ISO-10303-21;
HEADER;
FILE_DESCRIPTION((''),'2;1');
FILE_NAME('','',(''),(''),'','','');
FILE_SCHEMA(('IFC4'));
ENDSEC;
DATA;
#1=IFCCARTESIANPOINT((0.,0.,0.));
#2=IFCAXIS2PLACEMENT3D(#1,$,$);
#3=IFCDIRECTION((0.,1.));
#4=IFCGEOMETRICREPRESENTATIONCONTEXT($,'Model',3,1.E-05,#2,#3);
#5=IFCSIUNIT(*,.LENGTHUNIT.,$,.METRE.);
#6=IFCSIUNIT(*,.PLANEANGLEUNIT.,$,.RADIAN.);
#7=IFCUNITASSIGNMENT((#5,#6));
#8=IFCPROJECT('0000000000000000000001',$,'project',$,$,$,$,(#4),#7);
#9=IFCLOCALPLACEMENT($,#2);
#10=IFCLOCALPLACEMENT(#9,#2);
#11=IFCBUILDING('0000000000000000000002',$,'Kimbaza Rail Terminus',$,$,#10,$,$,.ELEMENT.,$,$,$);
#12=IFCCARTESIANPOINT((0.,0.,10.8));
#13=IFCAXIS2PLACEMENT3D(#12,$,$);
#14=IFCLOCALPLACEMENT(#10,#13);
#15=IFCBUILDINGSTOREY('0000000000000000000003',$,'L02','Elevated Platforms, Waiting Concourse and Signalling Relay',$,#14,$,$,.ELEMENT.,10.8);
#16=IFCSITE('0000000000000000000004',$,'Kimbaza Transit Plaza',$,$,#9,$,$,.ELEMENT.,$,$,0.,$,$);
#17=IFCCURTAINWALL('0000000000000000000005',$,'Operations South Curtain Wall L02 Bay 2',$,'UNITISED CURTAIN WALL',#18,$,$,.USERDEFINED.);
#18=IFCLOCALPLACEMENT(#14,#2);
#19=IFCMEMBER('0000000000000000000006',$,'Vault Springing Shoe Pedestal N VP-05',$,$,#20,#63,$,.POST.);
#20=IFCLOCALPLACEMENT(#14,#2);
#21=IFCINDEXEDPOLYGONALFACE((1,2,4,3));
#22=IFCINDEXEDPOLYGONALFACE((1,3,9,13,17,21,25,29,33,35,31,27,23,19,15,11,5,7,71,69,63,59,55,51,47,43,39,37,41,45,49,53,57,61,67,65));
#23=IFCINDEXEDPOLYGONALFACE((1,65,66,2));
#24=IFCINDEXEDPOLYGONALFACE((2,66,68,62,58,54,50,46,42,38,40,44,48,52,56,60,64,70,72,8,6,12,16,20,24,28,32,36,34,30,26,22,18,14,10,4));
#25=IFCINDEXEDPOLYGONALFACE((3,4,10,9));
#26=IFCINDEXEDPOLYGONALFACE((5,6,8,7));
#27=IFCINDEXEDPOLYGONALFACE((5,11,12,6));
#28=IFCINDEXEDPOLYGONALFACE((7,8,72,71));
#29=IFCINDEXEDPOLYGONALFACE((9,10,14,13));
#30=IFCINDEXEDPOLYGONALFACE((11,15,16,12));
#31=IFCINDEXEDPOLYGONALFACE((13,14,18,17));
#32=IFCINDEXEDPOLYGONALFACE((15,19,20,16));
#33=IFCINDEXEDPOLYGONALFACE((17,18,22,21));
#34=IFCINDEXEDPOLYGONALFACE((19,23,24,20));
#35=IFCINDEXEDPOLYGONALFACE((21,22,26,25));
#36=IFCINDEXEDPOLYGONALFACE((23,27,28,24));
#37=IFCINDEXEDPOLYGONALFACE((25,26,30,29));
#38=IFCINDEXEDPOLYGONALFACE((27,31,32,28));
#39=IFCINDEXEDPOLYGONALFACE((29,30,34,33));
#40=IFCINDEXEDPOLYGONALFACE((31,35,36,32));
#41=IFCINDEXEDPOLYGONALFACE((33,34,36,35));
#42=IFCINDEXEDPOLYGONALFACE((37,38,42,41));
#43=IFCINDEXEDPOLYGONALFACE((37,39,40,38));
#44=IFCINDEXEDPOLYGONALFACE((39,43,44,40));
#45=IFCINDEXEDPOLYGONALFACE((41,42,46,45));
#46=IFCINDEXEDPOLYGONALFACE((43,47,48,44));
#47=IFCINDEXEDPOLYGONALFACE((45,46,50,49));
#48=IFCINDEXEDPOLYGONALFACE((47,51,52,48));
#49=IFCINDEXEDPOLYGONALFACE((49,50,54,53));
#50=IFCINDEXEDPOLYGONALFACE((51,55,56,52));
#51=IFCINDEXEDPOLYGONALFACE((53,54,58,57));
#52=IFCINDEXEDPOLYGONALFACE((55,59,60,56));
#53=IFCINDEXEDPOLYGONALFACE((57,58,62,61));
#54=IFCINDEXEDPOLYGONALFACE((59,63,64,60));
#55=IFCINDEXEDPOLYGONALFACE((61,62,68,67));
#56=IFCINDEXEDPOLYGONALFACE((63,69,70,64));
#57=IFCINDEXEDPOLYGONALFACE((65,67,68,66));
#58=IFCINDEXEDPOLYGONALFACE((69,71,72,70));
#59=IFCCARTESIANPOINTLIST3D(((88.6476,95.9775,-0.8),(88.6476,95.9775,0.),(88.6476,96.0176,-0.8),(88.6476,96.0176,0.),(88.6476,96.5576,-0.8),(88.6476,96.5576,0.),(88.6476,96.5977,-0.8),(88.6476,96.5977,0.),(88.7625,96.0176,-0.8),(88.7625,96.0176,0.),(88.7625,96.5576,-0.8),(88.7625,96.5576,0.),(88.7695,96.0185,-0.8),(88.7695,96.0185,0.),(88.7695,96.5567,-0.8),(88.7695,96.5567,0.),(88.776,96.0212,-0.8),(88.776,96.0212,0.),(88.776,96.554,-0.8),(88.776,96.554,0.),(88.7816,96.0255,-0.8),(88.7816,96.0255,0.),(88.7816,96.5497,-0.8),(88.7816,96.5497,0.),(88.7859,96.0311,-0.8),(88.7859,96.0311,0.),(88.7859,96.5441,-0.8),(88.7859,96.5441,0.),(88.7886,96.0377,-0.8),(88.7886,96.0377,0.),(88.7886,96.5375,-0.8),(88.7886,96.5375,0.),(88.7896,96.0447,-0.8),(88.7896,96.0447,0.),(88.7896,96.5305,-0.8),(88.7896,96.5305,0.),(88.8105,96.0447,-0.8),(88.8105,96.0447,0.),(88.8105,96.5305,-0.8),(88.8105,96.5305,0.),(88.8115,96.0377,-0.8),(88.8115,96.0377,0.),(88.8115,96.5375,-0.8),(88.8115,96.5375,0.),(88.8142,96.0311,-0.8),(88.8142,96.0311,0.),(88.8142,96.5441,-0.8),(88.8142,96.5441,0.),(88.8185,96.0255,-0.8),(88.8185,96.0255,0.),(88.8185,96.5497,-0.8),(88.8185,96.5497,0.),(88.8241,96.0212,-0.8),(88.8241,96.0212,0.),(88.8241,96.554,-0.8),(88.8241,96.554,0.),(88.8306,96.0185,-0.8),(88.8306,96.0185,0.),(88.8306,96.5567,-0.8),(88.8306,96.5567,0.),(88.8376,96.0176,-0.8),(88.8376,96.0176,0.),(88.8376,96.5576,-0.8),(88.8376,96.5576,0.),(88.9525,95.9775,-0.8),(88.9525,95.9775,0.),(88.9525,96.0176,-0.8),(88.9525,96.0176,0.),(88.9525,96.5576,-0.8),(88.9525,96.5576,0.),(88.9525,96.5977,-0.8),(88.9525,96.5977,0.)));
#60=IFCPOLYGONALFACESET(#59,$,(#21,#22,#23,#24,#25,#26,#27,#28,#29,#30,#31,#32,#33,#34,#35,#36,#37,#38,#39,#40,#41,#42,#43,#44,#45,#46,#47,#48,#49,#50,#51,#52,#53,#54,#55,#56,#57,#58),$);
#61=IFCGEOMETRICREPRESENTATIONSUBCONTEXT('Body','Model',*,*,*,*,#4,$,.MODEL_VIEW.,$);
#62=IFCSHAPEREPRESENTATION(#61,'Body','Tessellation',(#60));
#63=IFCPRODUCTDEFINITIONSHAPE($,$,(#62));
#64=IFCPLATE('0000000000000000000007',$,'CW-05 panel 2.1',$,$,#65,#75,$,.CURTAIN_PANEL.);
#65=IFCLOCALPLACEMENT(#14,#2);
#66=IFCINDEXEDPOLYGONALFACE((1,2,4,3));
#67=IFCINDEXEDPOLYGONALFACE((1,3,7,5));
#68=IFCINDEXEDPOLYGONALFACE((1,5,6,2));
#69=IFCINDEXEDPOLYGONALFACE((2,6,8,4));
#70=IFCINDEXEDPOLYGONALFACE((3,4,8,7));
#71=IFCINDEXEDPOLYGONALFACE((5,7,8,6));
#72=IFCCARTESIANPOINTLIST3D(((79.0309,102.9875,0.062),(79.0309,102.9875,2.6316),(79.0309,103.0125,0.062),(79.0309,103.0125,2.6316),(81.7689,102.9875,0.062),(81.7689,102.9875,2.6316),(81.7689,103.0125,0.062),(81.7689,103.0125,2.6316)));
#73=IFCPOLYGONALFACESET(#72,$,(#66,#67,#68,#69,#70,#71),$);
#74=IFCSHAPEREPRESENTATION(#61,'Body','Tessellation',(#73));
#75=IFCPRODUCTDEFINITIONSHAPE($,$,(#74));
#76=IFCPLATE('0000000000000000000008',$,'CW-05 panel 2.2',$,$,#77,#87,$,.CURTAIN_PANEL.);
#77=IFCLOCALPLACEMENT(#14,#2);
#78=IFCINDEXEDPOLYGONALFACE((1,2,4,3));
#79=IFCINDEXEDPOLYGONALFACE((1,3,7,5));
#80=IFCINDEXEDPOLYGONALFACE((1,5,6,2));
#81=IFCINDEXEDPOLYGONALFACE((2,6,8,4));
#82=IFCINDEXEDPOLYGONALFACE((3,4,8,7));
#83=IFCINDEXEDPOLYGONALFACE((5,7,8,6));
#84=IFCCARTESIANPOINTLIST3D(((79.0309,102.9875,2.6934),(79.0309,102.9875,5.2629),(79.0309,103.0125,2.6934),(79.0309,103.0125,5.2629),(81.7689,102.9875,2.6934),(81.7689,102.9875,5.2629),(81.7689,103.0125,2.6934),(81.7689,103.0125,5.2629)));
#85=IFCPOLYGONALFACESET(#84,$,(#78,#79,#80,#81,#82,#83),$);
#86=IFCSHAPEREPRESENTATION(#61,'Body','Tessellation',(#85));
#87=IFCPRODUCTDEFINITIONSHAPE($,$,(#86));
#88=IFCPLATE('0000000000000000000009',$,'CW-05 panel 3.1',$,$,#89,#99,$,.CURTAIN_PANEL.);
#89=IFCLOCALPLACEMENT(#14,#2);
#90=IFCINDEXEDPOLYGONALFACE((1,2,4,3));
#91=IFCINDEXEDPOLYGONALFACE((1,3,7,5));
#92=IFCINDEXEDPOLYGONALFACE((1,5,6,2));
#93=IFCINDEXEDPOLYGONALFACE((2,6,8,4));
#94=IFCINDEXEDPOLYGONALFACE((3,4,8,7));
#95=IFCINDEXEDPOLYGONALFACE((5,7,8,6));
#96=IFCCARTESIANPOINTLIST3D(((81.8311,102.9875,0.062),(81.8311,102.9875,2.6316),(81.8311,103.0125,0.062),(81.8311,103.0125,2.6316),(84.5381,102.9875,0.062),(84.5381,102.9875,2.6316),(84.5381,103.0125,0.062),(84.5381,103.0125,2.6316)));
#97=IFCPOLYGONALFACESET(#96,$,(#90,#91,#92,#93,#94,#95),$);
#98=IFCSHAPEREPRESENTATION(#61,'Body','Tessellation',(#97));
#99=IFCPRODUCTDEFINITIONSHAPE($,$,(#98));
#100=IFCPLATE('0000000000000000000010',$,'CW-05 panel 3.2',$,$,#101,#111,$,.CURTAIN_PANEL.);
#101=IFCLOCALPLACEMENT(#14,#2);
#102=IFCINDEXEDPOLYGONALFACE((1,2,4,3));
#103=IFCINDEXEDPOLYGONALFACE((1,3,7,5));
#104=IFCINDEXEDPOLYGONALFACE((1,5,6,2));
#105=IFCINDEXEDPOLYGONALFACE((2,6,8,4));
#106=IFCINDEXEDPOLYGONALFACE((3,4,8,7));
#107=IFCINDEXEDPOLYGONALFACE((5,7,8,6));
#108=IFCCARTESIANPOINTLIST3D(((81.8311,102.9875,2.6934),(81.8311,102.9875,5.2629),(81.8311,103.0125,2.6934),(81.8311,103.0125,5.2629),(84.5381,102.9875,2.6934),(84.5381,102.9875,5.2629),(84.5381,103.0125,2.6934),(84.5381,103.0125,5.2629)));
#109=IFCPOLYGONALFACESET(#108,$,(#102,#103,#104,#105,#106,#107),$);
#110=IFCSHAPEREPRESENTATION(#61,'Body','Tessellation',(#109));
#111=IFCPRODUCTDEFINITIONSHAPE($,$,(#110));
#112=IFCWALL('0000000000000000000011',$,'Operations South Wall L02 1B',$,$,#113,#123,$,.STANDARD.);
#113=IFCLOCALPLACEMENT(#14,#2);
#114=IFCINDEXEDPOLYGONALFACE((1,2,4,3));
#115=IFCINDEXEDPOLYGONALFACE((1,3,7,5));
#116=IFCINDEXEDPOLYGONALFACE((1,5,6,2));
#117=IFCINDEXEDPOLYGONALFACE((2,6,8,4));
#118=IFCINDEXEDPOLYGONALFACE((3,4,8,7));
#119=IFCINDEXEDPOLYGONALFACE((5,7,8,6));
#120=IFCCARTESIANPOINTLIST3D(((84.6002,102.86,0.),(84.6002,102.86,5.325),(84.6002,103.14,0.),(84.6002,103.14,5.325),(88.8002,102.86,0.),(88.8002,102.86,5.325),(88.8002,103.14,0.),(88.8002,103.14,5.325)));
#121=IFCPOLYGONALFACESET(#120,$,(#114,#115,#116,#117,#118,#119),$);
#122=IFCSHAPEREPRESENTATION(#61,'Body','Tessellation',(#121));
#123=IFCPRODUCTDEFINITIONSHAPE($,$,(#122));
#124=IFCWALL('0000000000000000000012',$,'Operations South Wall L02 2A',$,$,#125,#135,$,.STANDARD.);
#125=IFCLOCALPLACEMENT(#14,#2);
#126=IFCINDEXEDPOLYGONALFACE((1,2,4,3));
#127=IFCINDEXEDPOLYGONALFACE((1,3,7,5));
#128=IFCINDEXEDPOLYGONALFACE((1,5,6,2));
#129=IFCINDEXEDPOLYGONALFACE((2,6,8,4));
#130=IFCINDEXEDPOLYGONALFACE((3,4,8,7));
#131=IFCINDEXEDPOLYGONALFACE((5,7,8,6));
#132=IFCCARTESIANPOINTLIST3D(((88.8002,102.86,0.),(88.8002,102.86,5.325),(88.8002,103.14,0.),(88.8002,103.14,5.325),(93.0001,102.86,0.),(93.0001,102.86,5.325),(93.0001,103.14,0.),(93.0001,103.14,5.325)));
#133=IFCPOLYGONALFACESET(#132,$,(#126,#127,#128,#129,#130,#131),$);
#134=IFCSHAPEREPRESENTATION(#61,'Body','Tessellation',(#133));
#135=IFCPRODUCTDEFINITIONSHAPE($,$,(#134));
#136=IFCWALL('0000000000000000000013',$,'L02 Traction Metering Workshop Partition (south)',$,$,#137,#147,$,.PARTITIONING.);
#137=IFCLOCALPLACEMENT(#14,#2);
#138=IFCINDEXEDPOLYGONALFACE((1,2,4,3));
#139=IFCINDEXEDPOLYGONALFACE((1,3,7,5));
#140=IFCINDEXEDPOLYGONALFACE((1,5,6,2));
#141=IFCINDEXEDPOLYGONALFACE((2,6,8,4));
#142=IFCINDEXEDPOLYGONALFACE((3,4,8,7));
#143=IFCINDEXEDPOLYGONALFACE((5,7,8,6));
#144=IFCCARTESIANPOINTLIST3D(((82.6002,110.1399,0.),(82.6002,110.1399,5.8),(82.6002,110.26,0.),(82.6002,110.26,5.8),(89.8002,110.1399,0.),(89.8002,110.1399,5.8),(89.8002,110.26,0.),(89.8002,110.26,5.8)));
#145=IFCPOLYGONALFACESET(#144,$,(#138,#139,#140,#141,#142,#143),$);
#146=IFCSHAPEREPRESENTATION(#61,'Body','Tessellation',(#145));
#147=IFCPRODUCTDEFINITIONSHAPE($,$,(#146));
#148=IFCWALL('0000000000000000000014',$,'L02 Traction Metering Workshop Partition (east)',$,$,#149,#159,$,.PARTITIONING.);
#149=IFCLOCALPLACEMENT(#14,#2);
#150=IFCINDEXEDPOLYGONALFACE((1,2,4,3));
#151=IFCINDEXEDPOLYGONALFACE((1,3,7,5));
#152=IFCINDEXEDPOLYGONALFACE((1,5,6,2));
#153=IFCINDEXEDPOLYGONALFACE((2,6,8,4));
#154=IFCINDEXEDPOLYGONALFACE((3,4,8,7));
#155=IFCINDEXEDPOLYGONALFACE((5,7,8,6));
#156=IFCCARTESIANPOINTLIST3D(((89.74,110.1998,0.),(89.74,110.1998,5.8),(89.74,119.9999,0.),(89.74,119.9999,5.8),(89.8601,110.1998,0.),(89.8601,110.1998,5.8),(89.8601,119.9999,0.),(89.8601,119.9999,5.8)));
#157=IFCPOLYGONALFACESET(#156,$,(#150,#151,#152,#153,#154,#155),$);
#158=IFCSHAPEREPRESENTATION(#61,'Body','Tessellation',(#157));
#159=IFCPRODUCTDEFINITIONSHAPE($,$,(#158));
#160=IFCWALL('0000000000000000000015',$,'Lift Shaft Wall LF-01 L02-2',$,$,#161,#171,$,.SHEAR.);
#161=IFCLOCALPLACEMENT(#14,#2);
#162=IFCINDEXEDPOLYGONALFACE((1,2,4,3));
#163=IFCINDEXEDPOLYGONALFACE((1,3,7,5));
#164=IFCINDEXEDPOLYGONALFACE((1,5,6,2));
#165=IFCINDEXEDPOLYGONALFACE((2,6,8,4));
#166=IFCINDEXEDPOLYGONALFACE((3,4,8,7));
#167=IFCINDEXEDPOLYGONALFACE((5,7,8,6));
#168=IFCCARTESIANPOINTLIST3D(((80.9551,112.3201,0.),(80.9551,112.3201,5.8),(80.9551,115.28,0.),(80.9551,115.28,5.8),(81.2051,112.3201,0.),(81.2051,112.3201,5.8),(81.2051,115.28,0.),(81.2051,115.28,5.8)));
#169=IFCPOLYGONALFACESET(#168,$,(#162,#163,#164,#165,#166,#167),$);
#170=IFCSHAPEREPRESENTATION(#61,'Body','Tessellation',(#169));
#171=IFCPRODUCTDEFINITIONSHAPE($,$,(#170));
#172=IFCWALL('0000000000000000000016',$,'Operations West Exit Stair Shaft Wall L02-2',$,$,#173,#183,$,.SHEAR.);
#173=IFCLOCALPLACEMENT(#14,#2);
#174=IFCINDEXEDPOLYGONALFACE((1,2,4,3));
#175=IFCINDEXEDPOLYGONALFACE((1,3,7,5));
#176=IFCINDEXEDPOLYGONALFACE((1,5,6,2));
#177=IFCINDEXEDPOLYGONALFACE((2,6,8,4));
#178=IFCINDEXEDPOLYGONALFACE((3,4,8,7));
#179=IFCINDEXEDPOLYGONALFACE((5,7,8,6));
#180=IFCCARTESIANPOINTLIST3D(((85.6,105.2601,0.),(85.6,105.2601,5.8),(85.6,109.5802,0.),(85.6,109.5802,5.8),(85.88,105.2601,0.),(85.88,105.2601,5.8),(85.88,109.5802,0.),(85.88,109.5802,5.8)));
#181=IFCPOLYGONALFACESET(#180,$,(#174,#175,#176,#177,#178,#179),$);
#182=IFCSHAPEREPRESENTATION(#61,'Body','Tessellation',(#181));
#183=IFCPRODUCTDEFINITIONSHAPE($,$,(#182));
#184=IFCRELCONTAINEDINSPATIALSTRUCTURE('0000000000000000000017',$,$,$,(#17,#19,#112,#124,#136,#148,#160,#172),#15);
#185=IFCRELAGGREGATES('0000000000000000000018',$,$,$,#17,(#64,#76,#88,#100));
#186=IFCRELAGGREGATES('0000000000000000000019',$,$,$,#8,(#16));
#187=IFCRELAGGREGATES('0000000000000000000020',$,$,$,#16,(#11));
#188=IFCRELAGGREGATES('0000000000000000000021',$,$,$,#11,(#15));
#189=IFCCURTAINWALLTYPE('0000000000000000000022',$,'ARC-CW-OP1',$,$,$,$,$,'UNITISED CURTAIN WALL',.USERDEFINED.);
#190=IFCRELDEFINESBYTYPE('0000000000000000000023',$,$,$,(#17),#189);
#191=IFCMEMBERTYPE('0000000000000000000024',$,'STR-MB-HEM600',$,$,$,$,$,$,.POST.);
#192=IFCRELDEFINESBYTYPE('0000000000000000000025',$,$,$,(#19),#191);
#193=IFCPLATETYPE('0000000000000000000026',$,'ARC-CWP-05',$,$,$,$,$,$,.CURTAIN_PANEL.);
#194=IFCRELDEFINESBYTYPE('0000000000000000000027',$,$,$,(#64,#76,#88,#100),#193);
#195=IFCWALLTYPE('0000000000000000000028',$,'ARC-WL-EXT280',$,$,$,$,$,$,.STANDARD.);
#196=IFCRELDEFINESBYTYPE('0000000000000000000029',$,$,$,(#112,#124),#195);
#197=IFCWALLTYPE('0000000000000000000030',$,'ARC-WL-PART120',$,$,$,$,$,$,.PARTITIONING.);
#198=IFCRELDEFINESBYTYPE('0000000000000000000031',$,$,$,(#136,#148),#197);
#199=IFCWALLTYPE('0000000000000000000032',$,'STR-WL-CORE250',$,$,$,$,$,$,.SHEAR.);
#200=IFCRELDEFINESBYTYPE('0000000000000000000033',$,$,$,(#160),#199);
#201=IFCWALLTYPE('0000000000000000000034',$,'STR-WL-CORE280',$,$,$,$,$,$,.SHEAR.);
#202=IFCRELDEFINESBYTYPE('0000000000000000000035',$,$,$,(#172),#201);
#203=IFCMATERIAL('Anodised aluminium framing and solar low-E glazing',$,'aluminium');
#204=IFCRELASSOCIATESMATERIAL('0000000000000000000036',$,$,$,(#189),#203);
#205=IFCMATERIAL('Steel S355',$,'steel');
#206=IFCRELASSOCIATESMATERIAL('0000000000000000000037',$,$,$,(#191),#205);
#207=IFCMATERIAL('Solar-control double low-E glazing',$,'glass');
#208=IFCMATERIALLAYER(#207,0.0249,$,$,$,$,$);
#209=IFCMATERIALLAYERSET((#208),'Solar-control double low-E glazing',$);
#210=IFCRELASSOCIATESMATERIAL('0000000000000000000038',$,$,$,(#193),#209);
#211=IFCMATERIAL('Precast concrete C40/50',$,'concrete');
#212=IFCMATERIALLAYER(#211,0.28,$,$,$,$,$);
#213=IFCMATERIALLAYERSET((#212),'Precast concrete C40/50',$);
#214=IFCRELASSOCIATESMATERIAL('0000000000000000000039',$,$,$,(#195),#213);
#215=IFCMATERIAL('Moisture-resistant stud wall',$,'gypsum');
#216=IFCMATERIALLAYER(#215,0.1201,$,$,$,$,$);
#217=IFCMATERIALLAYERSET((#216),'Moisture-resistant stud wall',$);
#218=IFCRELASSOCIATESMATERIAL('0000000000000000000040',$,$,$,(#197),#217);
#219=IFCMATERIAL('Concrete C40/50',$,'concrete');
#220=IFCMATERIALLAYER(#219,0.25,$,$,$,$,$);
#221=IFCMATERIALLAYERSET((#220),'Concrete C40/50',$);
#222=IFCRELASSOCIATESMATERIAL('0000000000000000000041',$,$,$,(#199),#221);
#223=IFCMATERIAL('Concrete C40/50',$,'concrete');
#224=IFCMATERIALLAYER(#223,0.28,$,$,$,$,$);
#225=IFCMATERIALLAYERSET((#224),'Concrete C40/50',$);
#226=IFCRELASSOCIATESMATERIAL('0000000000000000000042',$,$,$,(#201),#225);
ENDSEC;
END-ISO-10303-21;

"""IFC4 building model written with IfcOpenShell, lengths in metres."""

from ifc_helpers import new_model, si_unit, direction, frame, frame_2d, origin, origin_2d, place, context, subcontext, project, spatial, rectangle, i_section, extrude, material, layer, layer_set, material_profile, profile_set, type_object, element, aggregate, save


model = new_model("IFC4")

# Units and contexts
model_context = context("Model", 3, precision=1e-05, world=origin(), true_north=direction((0.0, 1.0)))
body_context = subcontext(model_context, "Body", "Model", "MODEL_VIEW")
ifc_project = project(units=[si_unit("LENGTHUNIT", "METRE"), si_unit("PLANEANGLEUNIT", "RADIAN")], contexts=[model_context])

# Site, building, storey
site_placement = place(None, origin())
site = spatial("IfcSite", under=ifc_project, at=site_placement, Name="Kimbaza Transit Plaza", CompositionType="ELEMENT", RefElevation=0.0)
building_placement = place(site_placement, origin())
building = spatial("IfcBuilding", under=site, at=building_placement, Name="Kimbaza Rail Terminus", CompositionType="ELEMENT")
storey_placement = place(building_placement, frame((0.0, 0.0, 10.8)))
storey = spatial("IfcBuildingStorey", under=building, at=storey_placement, Name="L02", Description="Elevated Platforms, Waiting Concourse and Signalling Relay", CompositionType="ELEMENT", Elevation=10.8)

# Curtain wall
ifc_material_1 = material(Name="Anodised aluminium framing and solar low-E glazing", Category="aluminium")
curtain_wall_type = type_object("IfcCurtainWallType", Name="ARC-CW-OP1", ElementType="UNITISED CURTAIN WALL", PredefinedType="USERDEFINED", material=ifc_material_1)
curtain_wall_placement = place(storey_placement, origin())
curtain_wall = element("IfcCurtainWall", 1, at=curtain_wall_placement, inside=storey, type_object=curtain_wall_type, Name="Operations South Curtain Wall L02 Bay 2", ObjectType="UNITISED CURTAIN WALL", PredefinedType="USERDEFINED")

# Member
ifc_material_2 = material(Name="Steel S355", Category="steel")
ifc_material_profile_1 = material_profile(ifc_material_2, i_section(OverallWidth=0.3049, OverallDepth=0.6201, WebThickness=0.021, FlangeThickness=0.04, FilletRadius=0.0271, at=origin_2d()), Name="HEM 600")
ifc_profile_set_1 = profile_set([ifc_material_profile_1], Name="Steel S355")
member_type_1 = type_object("IfcMemberType", Name="STR-MB-HEM600", PredefinedType="POST", material=ifc_profile_set_1)
member_1_placement = place(storey_placement, frame((88.8, 96.2876, -0.8), z_axis=(0.0, 0.0, 1.0), x_axis=(1.0, 0.0, 0.0)))
element("IfcMember", 2, at=member_1_placement, inside=storey, type_object=member_type_1, Name="Vault Springing Shoe Pedestal N VP-05", PredefinedType="POST", context=body_context, shape_type="SweptSolid", body=[
    extrude(i_section(OverallWidth=0.3049, OverallDepth=0.6201, WebThickness=0.021, FlangeThickness=0.04, FilletRadius=0.0271, at=origin_2d()), origin(), (0.0, 0.0, 1.0), 0.8),
])

# Plates
ifc_material_3 = material(Name="Solar-control double low-E glazing", Category="glass")
ifc_layer_1 = layer(ifc_material_3, 0.0249)
ifc_layer_set_1 = layer_set([ifc_layer_1], Name="Solar-control double low-E glazing")
plate_type = type_object("IfcPlateType", Name="ARC-CWP-05", PredefinedType="CURTAIN_PANEL", material=ifc_layer_set_1)
plate_1_placement = place(storey_placement, frame((80.3999, 103.0, 0.062), z_axis=(0.0, 0.0, 1.0), x_axis=(1.0, 0.0, 0.0)))
plate_1 = element("IfcPlate", 3, at=plate_1_placement, type_object=plate_type, Name="CW-05 panel 2.1", PredefinedType="CURTAIN_PANEL", context=body_context, shape_type="SweptSolid", body=[
    extrude(rectangle(XDim=2.738, YDim=0.0249, at=origin_2d()), origin(), (0.0, 0.0, 1.0), 2.5696),
])
plate_2_placement = place(storey_placement, frame((80.3999, 103.0, 2.6934), z_axis=(0.0, 0.0, 1.0), x_axis=(1.0, 0.0, 0.0)))
plate_2 = element("IfcPlate", 4, at=plate_2_placement, type_object=plate_type, Name="CW-05 panel 2.2", PredefinedType="CURTAIN_PANEL", context=body_context, shape_type="SweptSolid", body=[
    extrude(rectangle(XDim=2.738, YDim=0.0249, at=origin_2d()), origin(), (0.0, 0.0, 1.0), 2.5696),
])
plate_3_placement = place(storey_placement, frame((83.1846, 103.0, 0.062), z_axis=(0.0, 0.0, 1.0), x_axis=(1.0, 0.0, 0.0)))
plate_3 = element("IfcPlate", 5, at=plate_3_placement, type_object=plate_type, Name="CW-05 panel 3.1", PredefinedType="CURTAIN_PANEL", context=body_context, shape_type="SweptSolid", body=[
    extrude(rectangle(XDim=2.707, YDim=0.0249, at=origin_2d()), origin(), (0.0, 0.0, 1.0), 2.5696),
])
plate_4_placement = place(storey_placement, frame((83.1846, 103.0, 2.6934), z_axis=(0.0, 0.0, 1.0), x_axis=(1.0, 0.0, 0.0)))
plate_4 = element("IfcPlate", 6, at=plate_4_placement, type_object=plate_type, Name="CW-05 panel 3.2", PredefinedType="CURTAIN_PANEL", context=body_context, shape_type="SweptSolid", body=[
    extrude(rectangle(XDim=2.707, YDim=0.0249, at=origin_2d()), origin(), (0.0, 0.0, 1.0), 2.5696),
])
aggregate(curtain_wall, [plate_1, plate_2, plate_3, plate_4])

# Walls
ifc_material_4 = material(Name="Precast concrete C40/50", Category="concrete")
ifc_layer_2 = layer(ifc_material_4, 0.28)
ifc_layer_set_2 = layer_set([ifc_layer_2], Name="Precast concrete C40/50")
wall_type_1 = type_object("IfcWallType", Name="ARC-WL-EXT280", PredefinedType="STANDARD", material=ifc_layer_set_2)
for number, where, z_axis, x_axis, name in (
    (7, (84.6001, 103.0, 0.0), (0.0, 0.0, 1.0), (1.0, 0.0, 0.0), "Operations South Wall L02 1B"),
    (8, (88.8, 103.0, 0.0), (0.0, 0.0, 1.0), (1.0, 0.0, 0.0), "Operations South Wall L02 2A"),
):
    element("IfcWall", number, at=place(storey_placement, frame(where, z_axis=z_axis, x_axis=x_axis)), inside=storey, type_object=wall_type_1, Name=name, PredefinedType="STANDARD", context=body_context, shape_type="SweptSolid", body=[
        extrude(rectangle(XDim=4.2, YDim=0.28, at=frame_2d((2.1001, 0.0))), origin(), (0.0, 0.0, 1.0), 5.325),
    ])
ifc_material_5 = material(Name="Moisture-resistant stud wall", Category="gypsum")
ifc_layer_3 = layer(ifc_material_5, 0.1201)
ifc_layer_set_3 = layer_set([ifc_layer_3], Name="Moisture-resistant stud wall")
wall_type_2 = type_object("IfcWallType", Name="ARC-WL-PART120", PredefinedType="PARTITIONING", material=ifc_layer_set_3)
wall_1_placement = place(storey_placement, frame((82.6001, 110.2, 0.0), z_axis=(0.0, 0.0, 1.0), x_axis=(1.0, 0.0, 0.0)))
element("IfcWall", 9, at=wall_1_placement, inside=storey, type_object=wall_type_2, Name="L02 Traction Metering Workshop Partition (south)", PredefinedType="PARTITIONING", context=body_context, shape_type="SweptSolid", body=[
    extrude(rectangle(XDim=7.2, YDim=0.1201, at=frame_2d((3.6001, 0.0))), origin(), (0.0, 0.0, 1.0), 5.8),
])
wall_2_placement = place(storey_placement, frame((89.8, 110.2, 0.0), z_axis=(0.0, 0.0, 1.0), x_axis=(0.0, 1.0, 0.0)))
element("IfcWall", 10, at=wall_2_placement, inside=storey, type_object=wall_type_2, Name="L02 Traction Metering Workshop Partition (east)", PredefinedType="PARTITIONING", context=body_context, shape_type="SweptSolid", body=[
    extrude(rectangle(XDim=9.8, YDim=0.1201, at=frame_2d((4.8999, 0.0))), origin(), (0.0, 0.0, 1.0), 5.8),
])
ifc_material_6 = material(Name="Concrete C40/50", Category="concrete")
ifc_layer_4 = layer(ifc_material_6, 0.25)
ifc_layer_set_4 = layer_set([ifc_layer_4], Name="Concrete C40/50")
wall_type_3 = type_object("IfcWallType", Name="STR-WL-CORE250", PredefinedType="SHEAR", material=ifc_layer_set_4)
wall_3_placement = place(storey_placement, frame((81.0801, 112.3201, 0.0), z_axis=(0.0, 0.0, 1.0), x_axis=(0.0, 1.0, 0.0)))
element("IfcWall", 11, at=wall_3_placement, inside=storey, type_object=wall_type_3, Name="Lift Shaft Wall LF-01 L02-2", PredefinedType="SHEAR", context=body_context, shape_type="SweptSolid", body=[
    extrude(rectangle(XDim=2.96, YDim=0.25, at=frame_2d((1.48, 0.0))), origin(), (0.0, 0.0, 1.0), 5.8),
])
ifc_material_7 = material(Name="Concrete C40/50", Category="concrete")
ifc_layer_5 = layer(ifc_material_7, 0.28)
ifc_layer_set_5 = layer_set([ifc_layer_5], Name="Concrete C40/50")
wall_type_4 = type_object("IfcWallType", Name="STR-WL-CORE280", PredefinedType="SHEAR", material=ifc_layer_set_5)
wall_4_placement = place(storey_placement, frame((85.74, 105.26, 0.0), z_axis=(0.0, 0.0, 1.0), x_axis=(0.0, 1.0, 0.0)))
element("IfcWall", 12, at=wall_4_placement, inside=storey, type_object=wall_type_4, Name="Operations West Exit Stair Shaft Wall L02-2", PredefinedType="SHEAR", context=body_context, shape_type="SweptSolid", body=[
    extrude(rectangle(XDim=4.3201, YDim=0.28, at=frame_2d((2.1602, 0.0))), origin(), (0.0, 0.0, 1.0), 5.8),
])

save(model, "model.ifc")
